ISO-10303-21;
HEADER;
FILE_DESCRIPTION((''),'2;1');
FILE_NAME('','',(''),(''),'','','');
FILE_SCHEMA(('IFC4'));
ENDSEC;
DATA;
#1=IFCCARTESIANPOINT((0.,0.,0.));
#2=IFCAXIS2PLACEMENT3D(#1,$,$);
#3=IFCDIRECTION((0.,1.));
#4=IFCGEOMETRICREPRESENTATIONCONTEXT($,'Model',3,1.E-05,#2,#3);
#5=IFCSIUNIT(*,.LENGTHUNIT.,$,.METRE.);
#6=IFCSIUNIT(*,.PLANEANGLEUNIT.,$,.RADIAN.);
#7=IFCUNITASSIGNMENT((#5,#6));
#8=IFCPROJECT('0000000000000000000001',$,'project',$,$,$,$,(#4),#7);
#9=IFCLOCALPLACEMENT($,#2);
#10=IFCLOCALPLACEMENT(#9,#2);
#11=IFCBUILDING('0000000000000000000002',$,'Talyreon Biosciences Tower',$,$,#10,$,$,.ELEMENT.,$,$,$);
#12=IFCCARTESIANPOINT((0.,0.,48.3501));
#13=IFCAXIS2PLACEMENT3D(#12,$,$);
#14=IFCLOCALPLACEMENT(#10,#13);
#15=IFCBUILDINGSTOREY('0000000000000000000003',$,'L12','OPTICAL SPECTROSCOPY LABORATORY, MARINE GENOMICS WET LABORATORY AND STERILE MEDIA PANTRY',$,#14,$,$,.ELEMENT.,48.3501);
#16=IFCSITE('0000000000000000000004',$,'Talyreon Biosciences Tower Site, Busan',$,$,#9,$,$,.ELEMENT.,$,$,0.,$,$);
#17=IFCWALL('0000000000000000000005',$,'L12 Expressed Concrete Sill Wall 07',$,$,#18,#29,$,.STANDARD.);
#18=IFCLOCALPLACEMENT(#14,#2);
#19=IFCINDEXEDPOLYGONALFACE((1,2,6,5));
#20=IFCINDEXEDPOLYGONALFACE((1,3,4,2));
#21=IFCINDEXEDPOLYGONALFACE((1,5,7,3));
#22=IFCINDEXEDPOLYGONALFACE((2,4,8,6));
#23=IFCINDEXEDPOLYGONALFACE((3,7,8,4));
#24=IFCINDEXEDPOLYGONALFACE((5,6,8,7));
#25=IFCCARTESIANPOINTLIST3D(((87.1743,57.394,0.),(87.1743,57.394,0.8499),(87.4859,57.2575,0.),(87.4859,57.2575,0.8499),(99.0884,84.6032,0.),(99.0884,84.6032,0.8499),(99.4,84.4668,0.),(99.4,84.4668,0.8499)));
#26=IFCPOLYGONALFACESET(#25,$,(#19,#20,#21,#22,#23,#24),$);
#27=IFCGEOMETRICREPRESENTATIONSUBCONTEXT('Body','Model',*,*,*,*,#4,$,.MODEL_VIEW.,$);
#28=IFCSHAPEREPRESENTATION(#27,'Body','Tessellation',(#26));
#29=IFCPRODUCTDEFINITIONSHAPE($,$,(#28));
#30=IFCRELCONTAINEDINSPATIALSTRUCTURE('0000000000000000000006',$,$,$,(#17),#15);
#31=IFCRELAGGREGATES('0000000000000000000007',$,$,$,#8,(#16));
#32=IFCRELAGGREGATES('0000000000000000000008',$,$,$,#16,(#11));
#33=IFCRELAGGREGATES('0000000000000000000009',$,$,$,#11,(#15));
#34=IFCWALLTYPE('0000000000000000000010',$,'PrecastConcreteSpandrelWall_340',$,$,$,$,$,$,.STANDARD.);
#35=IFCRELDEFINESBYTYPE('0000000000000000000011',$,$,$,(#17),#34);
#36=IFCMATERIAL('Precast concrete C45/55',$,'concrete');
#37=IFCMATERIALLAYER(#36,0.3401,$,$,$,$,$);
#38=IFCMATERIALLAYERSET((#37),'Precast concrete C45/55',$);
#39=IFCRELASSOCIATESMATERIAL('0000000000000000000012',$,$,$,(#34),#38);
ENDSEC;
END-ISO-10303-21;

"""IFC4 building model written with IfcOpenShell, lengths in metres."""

from ifc_helpers import new_model, si_unit, direction, frame, frame_2d, origin, place, context, subcontext, project, spatial, rectangle, extrude, material, layer, layer_set, type_object, element, save


model = new_model("IFC4")

# Units and contexts
model_context = context("Model", 3, precision=1e-05, world=origin(), true_north=direction((0.0, 1.0)))
body_context = subcontext(model_context, "Body", "Model", "MODEL_VIEW")
ifc_project = project(units=[si_unit("LENGTHUNIT", "METRE"), si_unit("PLANEANGLEUNIT", "RADIAN")], contexts=[model_context])

# Site, building, storey
site_placement = place(None, origin())
site = spatial("IfcSite", under=ifc_project, at=site_placement, Name="Talyreon Biosciences Tower Site, Busan", CompositionType="ELEMENT", RefElevation=0.0)
building_placement = place(site_placement, origin())
building = spatial("IfcBuilding", under=site, at=building_placement, Name="Talyreon Biosciences Tower", CompositionType="ELEMENT")
storey_placement = place(building_placement, frame((0.0, 0.0, 48.3501)))
storey = spatial("IfcBuildingStorey", under=building, at=storey_placement, Name="L12", Description="OPTICAL SPECTROSCOPY LABORATORY, MARINE GENOMICS WET LABORATORY AND STERILE MEDIA PANTRY", CompositionType="ELEMENT", Elevation=48.3501)

# Shared definitions
ifc_material_1 = material(Name="Precast concrete C45/55", Category="concrete")

# Wall
ifc_layer_1 = layer(ifc_material_1, 0.3401)
ifc_layer_set_1 = layer_set([ifc_layer_1], Name="Precast concrete C45/55")
wall_type = type_object("IfcWallType", Name="PrecastConcreteSpandrelWall_340", PredefinedType="STANDARD", material=ifc_layer_set_1)
wall_1_placement = place(storey_placement, frame((99.2441, 84.5349, 0.0), z_axis=(0.0, 0.0, 1.0), x_axis=(-0.401102, -0.916033, 0.0)))
element("IfcWall", 1, at=wall_1_placement, inside=storey, type_object=wall_type, Name="L12 Expressed Concrete Sill Wall 07", PredefinedType="STANDARD", context=body_context, shape_type="SweptSolid", body=[
    extrude(rectangle(XDim=29.7034, YDim=0.3401, at=frame_2d((14.8516, 0.0))), origin(), (0.0, 0.0, 1.0), 0.8499),
])

save(model, "model.ifc")
